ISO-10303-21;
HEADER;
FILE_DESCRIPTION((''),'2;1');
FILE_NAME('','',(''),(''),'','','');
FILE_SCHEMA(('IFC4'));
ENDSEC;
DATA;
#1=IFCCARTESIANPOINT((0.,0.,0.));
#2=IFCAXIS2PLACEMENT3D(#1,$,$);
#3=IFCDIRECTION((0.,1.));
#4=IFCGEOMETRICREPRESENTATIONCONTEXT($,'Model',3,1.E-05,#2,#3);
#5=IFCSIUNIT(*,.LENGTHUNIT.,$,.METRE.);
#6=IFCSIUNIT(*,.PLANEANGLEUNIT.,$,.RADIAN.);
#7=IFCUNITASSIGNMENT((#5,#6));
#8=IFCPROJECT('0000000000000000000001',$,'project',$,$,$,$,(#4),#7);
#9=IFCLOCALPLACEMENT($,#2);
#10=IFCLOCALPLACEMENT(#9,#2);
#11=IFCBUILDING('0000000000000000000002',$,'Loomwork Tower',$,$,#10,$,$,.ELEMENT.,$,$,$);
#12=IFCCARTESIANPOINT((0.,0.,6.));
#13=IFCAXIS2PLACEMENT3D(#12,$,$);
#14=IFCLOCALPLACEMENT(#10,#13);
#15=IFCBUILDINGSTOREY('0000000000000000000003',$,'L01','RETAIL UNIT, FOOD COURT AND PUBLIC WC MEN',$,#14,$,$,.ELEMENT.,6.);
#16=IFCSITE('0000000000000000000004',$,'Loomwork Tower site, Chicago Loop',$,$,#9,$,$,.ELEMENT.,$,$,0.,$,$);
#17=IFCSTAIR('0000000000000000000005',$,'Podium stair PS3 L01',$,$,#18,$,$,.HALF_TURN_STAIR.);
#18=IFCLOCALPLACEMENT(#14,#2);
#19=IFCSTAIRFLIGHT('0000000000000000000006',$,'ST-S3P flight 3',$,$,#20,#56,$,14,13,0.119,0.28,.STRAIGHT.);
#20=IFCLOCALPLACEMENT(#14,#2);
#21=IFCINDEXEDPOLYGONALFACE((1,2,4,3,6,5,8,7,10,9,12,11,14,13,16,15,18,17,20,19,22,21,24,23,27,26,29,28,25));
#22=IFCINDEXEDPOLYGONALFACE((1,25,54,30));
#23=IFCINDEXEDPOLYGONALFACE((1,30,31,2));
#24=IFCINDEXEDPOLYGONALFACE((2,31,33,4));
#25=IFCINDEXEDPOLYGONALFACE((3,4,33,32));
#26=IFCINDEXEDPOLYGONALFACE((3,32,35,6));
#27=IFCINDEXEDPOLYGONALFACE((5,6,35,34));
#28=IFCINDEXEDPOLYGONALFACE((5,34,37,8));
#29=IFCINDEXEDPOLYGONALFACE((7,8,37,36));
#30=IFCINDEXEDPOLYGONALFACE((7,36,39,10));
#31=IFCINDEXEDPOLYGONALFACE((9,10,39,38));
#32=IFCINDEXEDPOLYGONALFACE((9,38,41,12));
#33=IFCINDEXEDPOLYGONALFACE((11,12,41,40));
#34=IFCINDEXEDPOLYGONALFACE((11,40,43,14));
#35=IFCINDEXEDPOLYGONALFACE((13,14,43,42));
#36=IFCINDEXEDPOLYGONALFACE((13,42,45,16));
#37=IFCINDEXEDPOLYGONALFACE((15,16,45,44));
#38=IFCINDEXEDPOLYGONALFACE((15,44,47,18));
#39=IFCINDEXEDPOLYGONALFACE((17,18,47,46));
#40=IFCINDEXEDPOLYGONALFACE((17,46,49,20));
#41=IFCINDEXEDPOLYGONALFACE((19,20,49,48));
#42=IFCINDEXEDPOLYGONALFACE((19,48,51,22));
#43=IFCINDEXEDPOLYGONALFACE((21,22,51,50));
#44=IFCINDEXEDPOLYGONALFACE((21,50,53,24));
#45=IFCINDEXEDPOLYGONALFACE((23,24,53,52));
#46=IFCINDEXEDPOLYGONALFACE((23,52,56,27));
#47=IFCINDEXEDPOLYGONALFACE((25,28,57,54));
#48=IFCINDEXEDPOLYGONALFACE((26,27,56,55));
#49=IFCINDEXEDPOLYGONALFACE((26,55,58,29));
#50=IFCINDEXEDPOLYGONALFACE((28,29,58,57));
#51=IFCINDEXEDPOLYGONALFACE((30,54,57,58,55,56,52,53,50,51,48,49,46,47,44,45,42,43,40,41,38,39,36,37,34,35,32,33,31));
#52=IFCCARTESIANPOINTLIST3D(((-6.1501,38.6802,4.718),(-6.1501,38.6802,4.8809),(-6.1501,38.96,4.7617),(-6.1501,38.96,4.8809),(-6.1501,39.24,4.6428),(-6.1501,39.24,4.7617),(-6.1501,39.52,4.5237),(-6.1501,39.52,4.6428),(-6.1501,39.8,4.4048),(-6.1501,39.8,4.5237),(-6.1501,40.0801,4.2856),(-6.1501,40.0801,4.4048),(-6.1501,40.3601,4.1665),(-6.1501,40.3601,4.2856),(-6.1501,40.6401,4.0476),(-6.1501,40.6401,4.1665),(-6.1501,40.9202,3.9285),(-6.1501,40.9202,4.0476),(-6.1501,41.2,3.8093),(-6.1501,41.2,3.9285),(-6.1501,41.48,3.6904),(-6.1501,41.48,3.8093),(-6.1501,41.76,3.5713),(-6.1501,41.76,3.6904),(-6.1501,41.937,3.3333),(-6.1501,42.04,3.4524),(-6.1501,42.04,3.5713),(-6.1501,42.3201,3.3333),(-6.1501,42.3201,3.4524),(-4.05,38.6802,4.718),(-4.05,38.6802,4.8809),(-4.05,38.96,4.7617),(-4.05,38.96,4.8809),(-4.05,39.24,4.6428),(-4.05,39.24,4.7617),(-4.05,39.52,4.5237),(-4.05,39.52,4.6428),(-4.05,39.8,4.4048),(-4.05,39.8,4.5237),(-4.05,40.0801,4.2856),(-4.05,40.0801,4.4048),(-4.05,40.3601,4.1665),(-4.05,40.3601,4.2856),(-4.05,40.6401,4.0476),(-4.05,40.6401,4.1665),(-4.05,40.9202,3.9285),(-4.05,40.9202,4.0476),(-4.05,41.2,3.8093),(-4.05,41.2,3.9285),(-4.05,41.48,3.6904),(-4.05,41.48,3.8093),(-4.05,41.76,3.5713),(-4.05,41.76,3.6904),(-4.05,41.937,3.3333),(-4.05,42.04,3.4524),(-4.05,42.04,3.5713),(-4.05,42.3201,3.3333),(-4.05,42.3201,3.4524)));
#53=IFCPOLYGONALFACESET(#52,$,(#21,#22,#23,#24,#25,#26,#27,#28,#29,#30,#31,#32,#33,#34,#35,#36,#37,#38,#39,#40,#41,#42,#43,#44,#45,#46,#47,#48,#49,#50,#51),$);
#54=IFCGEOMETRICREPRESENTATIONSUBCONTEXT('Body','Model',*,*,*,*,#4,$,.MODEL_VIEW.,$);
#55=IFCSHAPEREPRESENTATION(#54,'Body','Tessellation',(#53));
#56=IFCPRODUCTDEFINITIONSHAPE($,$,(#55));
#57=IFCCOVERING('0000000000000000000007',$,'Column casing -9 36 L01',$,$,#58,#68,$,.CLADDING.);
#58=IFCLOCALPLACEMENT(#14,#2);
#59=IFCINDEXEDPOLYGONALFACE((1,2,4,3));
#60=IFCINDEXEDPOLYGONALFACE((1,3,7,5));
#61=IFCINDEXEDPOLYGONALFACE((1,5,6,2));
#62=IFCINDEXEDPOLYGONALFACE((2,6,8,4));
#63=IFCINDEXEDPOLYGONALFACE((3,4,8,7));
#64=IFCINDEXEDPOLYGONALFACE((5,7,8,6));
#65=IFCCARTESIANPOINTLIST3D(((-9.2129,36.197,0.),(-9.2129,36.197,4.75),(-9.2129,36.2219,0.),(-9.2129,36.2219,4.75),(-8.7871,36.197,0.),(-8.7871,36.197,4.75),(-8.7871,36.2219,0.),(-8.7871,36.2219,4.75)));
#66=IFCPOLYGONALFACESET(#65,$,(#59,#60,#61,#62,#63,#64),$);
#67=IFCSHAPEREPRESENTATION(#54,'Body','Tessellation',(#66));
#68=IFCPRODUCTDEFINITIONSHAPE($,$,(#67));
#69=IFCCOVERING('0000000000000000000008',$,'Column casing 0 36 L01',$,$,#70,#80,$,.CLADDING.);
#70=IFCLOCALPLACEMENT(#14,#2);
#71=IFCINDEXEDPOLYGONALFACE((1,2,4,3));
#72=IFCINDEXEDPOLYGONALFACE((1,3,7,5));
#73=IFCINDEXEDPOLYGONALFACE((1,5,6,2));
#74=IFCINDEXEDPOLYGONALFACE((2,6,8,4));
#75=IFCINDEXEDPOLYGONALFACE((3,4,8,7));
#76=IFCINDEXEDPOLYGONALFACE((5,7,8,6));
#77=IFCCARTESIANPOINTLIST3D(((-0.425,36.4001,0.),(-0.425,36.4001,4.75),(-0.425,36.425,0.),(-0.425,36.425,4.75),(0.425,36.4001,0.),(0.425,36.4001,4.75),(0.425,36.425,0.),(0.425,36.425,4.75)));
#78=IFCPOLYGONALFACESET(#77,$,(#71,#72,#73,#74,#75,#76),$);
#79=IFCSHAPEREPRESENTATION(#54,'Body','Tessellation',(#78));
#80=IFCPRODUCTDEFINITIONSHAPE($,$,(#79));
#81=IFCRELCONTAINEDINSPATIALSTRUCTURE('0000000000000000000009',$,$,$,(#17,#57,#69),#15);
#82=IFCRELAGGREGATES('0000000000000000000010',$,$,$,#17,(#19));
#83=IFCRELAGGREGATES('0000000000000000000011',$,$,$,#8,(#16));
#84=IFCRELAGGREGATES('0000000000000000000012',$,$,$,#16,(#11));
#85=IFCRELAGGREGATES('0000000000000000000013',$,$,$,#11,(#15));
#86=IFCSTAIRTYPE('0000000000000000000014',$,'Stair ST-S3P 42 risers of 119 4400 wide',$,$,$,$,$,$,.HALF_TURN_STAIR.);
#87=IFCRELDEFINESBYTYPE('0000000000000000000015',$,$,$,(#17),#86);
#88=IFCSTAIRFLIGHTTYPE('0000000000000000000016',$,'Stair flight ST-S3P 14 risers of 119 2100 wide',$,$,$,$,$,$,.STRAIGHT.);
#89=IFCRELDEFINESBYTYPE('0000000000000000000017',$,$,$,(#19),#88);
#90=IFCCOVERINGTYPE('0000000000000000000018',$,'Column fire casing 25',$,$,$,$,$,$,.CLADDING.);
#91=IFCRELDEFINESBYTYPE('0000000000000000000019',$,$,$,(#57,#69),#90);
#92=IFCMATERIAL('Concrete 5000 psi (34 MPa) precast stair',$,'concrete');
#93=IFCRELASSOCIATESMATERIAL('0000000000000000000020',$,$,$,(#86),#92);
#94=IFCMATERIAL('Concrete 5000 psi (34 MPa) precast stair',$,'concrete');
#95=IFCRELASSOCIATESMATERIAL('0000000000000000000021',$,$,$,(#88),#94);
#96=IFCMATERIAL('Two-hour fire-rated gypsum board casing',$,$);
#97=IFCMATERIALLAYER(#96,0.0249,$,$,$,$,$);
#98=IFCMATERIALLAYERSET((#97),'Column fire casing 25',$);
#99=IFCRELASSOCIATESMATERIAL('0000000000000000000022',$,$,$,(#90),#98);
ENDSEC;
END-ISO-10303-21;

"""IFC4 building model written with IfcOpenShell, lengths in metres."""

from ifc_helpers import new_model, si_unit, direction, frame, origin, origin_2d, place, context, subcontext, project, spatial, polyline, rectangle, outline, extrude, material, layer, layer_set, type_object, element, aggregate, save


model = new_model("IFC4")

# Units and contexts
model_context = context("Model", 3, precision=1e-05, world=origin(), true_north=direction((0.0, 1.0)))
body_context = subcontext(model_context, "Body", "Model", "MODEL_VIEW")
ifc_project = project(units=[si_unit("LENGTHUNIT", "METRE"), si_unit("PLANEANGLEUNIT", "RADIAN")], contexts=[model_context])

# Site, building, storey
site_placement = place(None, origin())
site = spatial("IfcSite", under=ifc_project, at=site_placement, Name="Loomwork Tower site, Chicago Loop", CompositionType="ELEMENT", RefElevation=0.0)
building_placement = place(site_placement, origin())
building = spatial("IfcBuilding", under=site, at=building_placement, Name="Loomwork Tower", CompositionType="ELEMENT")
storey_placement = place(building_placement, frame((0.0, 0.0, 6.0)))
storey = spatial("IfcBuildingStorey", under=building, at=storey_placement, Name="L01", Description="RETAIL UNIT, FOOD COURT AND PUBLIC WC MEN", CompositionType="ELEMENT", Elevation=6.0)

# Stair, stair flight
ifc_material_1 = material(Name="Concrete 5000 psi (34 MPa) precast stair", Category="concrete")
stair_type = type_object("IfcStairType", Name="Stair ST-S3P 42 risers of 119 4400 wide", PredefinedType="HALF_TURN_STAIR", material=ifc_material_1)
stair_placement = place(storey_placement, origin())
stair = element("IfcStair", 1, at=stair_placement, inside=storey, type_object=stair_type, Name="Podium stair PS3 L01", PredefinedType="HALF_TURN_STAIR")
ifc_material_2 = material(Name="Concrete 5000 psi (34 MPa) precast stair", Category="concrete")
stair_flight_type = type_object("IfcStairFlightType", Name="Stair flight ST-S3P 14 risers of 119 2100 wide", PredefinedType="STRAIGHT", material=ifc_material_2)
stair_flight_1_placement = place(storey_placement, frame((-5.1001, 42.3201, 3.3333), z_axis=(0.0, 0.0, 1.0), x_axis=(0.0, -1.0, 0.0)))
stair_flight_1 = element("IfcStairFlight", 2, at=stair_flight_1_placement, type_object=stair_flight_type, Name="ST-S3P flight 3", NumberOfRisers=14, NumberOfTreads=13, PredefinedType="STRAIGHT", RiserHeight=0.119, TreadLength=0.28, context=body_context, shape_type="SweptSolid", body=[
    extrude(outline(polyline([(0.0, 0.0), (0.0, 0.1191), (0.28, 0.1191), (0.28, 0.238), (0.5601, 0.238), (0.5601, 0.3572), (0.8401, 0.3572), (0.8401, 0.4761), (1.1201, 0.4761), (1.1201, 0.5952), (1.3999, 0.5952), (1.3999, 0.7144), (1.6799, 0.7144), (1.6799, 0.8333), (1.96, 0.8333), (1.96, 0.9524), (2.24, 0.9524), (2.24, 1.0715), (2.52, 1.0715), (2.52, 1.1904), (2.8, 1.1904), (2.8, 1.3096), (3.0801, 1.3096), (3.0801, 1.4285), (3.3601, 1.4285), (3.3601, 1.5476), (3.6399, 1.5476), (3.6399, 1.6667), (3.6399, 1.3848), (0.3831, 0.0), (0.0, 0.0)])), frame((0.0, 1.05, 0.0), z_axis=(0.0, -1.0, 0.0), x_axis=(1.0, 0.0, 0.0)), (0.0, 0.0, 1.0), 2.1001),
])
aggregate(stair, [stair_flight_1])

# Coverings
ifc_material_3 = material(Name="Two-hour fire-rated gypsum board casing")
ifc_layer_1 = layer(ifc_material_3, 0.0249)
ifc_layer_set_1 = layer_set([ifc_layer_1], Name="Column fire casing 25")
covering_type = type_object("IfcCoveringType", Name="Column fire casing 25", PredefinedType="CLADDING", material=ifc_layer_set_1)
covering_1_placement = place(storey_placement, frame((-9.0, 36.2095, 0.0), z_axis=(0.0, 0.0, 1.0), x_axis=(1.0, 0.0, 0.0)))
element("IfcCovering", 3, at=covering_1_placement, inside=storey, type_object=covering_type, Name="Column casing -9 36 L01", PredefinedType="CLADDING", context=body_context, shape_type="SweptSolid", body=[
    extrude(rectangle(XDim=0.4258, YDim=0.0249, at=origin_2d()), origin(), (0.0, 0.0, 1.0), 4.75),
])
covering_2_placement = place(storey_placement, frame((0.0, 36.4126, 0.0), z_axis=(0.0, 0.0, 1.0), x_axis=(1.0, 0.0, 0.0)))
element("IfcCovering", 4, at=covering_2_placement, inside=storey, type_object=covering_type, Name="Column casing 0 36 L01", PredefinedType="CLADDING", context=body_context, shape_type="SweptSolid", body=[
    extrude(rectangle(XDim=0.8501, YDim=0.0249, at=origin_2d()), origin(), (0.0, 0.0, 1.0), 4.75),
])

save(model, "model.ifc")
